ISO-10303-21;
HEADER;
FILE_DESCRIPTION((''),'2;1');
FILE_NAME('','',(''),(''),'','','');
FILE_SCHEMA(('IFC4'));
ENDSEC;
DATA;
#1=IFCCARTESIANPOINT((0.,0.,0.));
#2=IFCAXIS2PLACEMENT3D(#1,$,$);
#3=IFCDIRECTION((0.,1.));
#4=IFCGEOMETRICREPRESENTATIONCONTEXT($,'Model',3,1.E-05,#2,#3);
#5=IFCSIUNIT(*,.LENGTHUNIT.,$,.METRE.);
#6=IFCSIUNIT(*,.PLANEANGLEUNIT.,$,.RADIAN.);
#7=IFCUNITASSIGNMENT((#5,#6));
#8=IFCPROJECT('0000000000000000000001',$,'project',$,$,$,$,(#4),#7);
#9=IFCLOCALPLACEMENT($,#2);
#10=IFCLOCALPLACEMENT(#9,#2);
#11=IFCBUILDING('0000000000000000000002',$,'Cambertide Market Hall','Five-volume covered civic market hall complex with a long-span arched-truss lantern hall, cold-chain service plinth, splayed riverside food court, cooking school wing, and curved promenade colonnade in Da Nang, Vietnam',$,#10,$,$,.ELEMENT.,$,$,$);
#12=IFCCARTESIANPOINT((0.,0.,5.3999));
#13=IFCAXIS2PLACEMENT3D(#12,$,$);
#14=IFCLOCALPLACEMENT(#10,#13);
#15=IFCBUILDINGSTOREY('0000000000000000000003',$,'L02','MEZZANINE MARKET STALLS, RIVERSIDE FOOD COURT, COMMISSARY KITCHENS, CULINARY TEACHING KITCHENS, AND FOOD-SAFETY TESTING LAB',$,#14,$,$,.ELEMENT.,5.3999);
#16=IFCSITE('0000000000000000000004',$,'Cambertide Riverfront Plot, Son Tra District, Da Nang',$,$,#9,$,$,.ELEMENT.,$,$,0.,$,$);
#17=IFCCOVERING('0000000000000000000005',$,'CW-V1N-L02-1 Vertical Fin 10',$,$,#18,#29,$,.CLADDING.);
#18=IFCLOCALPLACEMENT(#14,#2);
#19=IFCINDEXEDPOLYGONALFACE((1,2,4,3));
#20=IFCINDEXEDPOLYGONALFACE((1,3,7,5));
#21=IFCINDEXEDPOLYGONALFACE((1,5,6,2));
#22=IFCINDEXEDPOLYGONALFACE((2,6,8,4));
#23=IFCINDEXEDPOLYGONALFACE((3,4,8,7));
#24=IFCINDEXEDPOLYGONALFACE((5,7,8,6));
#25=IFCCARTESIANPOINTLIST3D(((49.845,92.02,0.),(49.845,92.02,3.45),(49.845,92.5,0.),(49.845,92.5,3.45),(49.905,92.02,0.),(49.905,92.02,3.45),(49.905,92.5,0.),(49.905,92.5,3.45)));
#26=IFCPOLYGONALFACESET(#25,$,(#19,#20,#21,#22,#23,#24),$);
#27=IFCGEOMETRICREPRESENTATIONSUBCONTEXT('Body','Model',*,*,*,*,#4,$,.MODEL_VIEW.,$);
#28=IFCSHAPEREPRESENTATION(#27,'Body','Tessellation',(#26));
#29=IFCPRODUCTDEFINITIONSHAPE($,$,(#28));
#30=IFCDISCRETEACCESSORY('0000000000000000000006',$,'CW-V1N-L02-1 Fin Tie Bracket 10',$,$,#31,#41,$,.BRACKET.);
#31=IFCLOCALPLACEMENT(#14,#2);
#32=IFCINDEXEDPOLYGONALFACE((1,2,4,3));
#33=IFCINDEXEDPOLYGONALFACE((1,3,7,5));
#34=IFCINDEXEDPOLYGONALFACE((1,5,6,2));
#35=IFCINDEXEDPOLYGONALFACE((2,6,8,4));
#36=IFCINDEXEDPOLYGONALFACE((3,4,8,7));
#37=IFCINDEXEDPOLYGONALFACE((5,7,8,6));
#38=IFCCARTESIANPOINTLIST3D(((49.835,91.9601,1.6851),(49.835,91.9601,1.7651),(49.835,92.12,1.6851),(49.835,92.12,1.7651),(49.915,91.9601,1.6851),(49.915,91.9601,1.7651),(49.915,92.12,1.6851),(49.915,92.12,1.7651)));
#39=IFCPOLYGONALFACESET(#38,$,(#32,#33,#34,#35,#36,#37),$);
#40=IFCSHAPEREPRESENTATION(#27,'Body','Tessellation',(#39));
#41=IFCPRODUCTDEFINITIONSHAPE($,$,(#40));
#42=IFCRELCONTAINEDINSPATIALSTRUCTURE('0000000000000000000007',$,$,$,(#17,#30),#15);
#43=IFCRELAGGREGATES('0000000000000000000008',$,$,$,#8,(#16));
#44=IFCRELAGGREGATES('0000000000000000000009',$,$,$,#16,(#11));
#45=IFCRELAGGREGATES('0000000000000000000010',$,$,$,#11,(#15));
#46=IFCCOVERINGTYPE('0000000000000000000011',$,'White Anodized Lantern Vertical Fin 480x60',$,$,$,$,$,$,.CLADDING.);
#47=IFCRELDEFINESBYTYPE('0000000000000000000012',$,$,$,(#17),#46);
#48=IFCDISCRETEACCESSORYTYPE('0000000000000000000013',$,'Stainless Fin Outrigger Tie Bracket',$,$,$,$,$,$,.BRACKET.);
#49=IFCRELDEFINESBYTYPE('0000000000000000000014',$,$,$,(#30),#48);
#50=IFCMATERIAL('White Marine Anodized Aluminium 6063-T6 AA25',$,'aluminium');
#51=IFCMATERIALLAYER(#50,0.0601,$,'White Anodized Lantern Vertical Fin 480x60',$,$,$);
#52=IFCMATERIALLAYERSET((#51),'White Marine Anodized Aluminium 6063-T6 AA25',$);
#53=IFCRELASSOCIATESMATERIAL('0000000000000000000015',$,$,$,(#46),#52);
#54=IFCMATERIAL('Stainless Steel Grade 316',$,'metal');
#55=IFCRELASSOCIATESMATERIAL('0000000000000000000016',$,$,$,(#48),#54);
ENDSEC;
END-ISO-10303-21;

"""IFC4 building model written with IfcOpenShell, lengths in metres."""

from ifc_helpers import new_model, si_unit, direction, frame, origin, origin_2d, place, context, subcontext, project, spatial, rectangle, extrude, material, layer, layer_set, type_object, element, save


model = new_model("IFC4")

# Units and contexts
model_context = context("Model", 3, precision=1e-05, world=origin(), true_north=direction((0.0, 1.0)))
body_context = subcontext(model_context, "Body", "Model", "MODEL_VIEW")
ifc_project = project(units=[si_unit("LENGTHUNIT", "METRE"), si_unit("PLANEANGLEUNIT", "RADIAN")], contexts=[model_context])

# Site, building, storey
site_placement = place(None, origin())
site = spatial("IfcSite", under=ifc_project, at=site_placement, Name="Cambertide Riverfront Plot, Son Tra District, Da Nang", CompositionType="ELEMENT", RefElevation=0.0)
building_placement = place(site_placement, origin())
building = spatial("IfcBuilding", under=site, at=building_placement, Name="Cambertide Market Hall", Description="Five-volume covered civic market hall complex with a long-span arched-truss lantern hall, cold-chain service plinth, splayed riverside food court, cooking school wing, and curved promenade colonnade in Da Nang, Vietnam", CompositionType="ELEMENT")
storey_placement = place(building_placement, frame((0.0, 0.0, 5.3999)))
storey = spatial("IfcBuildingStorey", under=building, at=storey_placement, Name="L02", Description="MEZZANINE MARKET STALLS, RIVERSIDE FOOD COURT, COMMISSARY KITCHENS, CULINARY TEACHING KITCHENS, AND FOOD-SAFETY TESTING LAB", CompositionType="ELEMENT", Elevation=5.3999)

# Covering
ifc_material_1 = material(Name="White Marine Anodized Aluminium 6063-T6 AA25", Category="aluminium")
ifc_layer_1 = layer(ifc_material_1, 0.0601, Name="White Anodized Lantern Vertical Fin 480x60")
ifc_layer_set_1 = layer_set([ifc_layer_1], Name="White Marine Anodized Aluminium 6063-T6 AA25")
covering_type = type_object("IfcCoveringType", Name="White Anodized Lantern Vertical Fin 480x60", PredefinedType="CLADDING", material=ifc_layer_set_1)
for number, where, z_axis, x_axis, name in (
    (1, (49.875, 92.26, 0.0), (0.0, 0.0, 1.0), (1.0, 0.0, 0.0), "CW-V1N-L02-1 Vertical Fin 10"),
):
    element("IfcCovering", number, at=place(storey_placement, frame(where, z_axis=z_axis, x_axis=x_axis)), inside=storey, type_object=covering_type, Name=name, PredefinedType="CLADDING", context=body_context, shape_type="SweptSolid", body=[
        extrude(rectangle(XDim=0.0601, YDim=0.48, at=origin_2d()), origin(), (0.0, 0.0, 1.0), 3.45),
    ])

# Discrete accessory
ifc_material_2 = material(Name="Stainless Steel Grade 316", Category="metal")
discrete_accessory_type = type_object("IfcDiscreteAccessoryType", Name="Stainless Fin Outrigger Tie Bracket", PredefinedType="BRACKET", material=ifc_material_2)
discrete_accessory_placement = place(storey_placement, frame((49.875, 92.04, 1.6851), z_axis=(0.0, 0.0, 1.0), x_axis=(1.0, 0.0, 0.0)))
element("IfcDiscreteAccessory", 2, at=discrete_accessory_placement, inside=storey, type_object=discrete_accessory_type, Name="CW-V1N-L02-1 Fin Tie Bracket 10", PredefinedType="BRACKET", context=body_context, shape_type="SweptSolid", body=[
    extrude(rectangle(XDim=0.0801, YDim=0.1599, at=origin_2d()), origin(), (0.0, 0.0, 1.0), 0.0801),
])

save(model, "model.ifc")
